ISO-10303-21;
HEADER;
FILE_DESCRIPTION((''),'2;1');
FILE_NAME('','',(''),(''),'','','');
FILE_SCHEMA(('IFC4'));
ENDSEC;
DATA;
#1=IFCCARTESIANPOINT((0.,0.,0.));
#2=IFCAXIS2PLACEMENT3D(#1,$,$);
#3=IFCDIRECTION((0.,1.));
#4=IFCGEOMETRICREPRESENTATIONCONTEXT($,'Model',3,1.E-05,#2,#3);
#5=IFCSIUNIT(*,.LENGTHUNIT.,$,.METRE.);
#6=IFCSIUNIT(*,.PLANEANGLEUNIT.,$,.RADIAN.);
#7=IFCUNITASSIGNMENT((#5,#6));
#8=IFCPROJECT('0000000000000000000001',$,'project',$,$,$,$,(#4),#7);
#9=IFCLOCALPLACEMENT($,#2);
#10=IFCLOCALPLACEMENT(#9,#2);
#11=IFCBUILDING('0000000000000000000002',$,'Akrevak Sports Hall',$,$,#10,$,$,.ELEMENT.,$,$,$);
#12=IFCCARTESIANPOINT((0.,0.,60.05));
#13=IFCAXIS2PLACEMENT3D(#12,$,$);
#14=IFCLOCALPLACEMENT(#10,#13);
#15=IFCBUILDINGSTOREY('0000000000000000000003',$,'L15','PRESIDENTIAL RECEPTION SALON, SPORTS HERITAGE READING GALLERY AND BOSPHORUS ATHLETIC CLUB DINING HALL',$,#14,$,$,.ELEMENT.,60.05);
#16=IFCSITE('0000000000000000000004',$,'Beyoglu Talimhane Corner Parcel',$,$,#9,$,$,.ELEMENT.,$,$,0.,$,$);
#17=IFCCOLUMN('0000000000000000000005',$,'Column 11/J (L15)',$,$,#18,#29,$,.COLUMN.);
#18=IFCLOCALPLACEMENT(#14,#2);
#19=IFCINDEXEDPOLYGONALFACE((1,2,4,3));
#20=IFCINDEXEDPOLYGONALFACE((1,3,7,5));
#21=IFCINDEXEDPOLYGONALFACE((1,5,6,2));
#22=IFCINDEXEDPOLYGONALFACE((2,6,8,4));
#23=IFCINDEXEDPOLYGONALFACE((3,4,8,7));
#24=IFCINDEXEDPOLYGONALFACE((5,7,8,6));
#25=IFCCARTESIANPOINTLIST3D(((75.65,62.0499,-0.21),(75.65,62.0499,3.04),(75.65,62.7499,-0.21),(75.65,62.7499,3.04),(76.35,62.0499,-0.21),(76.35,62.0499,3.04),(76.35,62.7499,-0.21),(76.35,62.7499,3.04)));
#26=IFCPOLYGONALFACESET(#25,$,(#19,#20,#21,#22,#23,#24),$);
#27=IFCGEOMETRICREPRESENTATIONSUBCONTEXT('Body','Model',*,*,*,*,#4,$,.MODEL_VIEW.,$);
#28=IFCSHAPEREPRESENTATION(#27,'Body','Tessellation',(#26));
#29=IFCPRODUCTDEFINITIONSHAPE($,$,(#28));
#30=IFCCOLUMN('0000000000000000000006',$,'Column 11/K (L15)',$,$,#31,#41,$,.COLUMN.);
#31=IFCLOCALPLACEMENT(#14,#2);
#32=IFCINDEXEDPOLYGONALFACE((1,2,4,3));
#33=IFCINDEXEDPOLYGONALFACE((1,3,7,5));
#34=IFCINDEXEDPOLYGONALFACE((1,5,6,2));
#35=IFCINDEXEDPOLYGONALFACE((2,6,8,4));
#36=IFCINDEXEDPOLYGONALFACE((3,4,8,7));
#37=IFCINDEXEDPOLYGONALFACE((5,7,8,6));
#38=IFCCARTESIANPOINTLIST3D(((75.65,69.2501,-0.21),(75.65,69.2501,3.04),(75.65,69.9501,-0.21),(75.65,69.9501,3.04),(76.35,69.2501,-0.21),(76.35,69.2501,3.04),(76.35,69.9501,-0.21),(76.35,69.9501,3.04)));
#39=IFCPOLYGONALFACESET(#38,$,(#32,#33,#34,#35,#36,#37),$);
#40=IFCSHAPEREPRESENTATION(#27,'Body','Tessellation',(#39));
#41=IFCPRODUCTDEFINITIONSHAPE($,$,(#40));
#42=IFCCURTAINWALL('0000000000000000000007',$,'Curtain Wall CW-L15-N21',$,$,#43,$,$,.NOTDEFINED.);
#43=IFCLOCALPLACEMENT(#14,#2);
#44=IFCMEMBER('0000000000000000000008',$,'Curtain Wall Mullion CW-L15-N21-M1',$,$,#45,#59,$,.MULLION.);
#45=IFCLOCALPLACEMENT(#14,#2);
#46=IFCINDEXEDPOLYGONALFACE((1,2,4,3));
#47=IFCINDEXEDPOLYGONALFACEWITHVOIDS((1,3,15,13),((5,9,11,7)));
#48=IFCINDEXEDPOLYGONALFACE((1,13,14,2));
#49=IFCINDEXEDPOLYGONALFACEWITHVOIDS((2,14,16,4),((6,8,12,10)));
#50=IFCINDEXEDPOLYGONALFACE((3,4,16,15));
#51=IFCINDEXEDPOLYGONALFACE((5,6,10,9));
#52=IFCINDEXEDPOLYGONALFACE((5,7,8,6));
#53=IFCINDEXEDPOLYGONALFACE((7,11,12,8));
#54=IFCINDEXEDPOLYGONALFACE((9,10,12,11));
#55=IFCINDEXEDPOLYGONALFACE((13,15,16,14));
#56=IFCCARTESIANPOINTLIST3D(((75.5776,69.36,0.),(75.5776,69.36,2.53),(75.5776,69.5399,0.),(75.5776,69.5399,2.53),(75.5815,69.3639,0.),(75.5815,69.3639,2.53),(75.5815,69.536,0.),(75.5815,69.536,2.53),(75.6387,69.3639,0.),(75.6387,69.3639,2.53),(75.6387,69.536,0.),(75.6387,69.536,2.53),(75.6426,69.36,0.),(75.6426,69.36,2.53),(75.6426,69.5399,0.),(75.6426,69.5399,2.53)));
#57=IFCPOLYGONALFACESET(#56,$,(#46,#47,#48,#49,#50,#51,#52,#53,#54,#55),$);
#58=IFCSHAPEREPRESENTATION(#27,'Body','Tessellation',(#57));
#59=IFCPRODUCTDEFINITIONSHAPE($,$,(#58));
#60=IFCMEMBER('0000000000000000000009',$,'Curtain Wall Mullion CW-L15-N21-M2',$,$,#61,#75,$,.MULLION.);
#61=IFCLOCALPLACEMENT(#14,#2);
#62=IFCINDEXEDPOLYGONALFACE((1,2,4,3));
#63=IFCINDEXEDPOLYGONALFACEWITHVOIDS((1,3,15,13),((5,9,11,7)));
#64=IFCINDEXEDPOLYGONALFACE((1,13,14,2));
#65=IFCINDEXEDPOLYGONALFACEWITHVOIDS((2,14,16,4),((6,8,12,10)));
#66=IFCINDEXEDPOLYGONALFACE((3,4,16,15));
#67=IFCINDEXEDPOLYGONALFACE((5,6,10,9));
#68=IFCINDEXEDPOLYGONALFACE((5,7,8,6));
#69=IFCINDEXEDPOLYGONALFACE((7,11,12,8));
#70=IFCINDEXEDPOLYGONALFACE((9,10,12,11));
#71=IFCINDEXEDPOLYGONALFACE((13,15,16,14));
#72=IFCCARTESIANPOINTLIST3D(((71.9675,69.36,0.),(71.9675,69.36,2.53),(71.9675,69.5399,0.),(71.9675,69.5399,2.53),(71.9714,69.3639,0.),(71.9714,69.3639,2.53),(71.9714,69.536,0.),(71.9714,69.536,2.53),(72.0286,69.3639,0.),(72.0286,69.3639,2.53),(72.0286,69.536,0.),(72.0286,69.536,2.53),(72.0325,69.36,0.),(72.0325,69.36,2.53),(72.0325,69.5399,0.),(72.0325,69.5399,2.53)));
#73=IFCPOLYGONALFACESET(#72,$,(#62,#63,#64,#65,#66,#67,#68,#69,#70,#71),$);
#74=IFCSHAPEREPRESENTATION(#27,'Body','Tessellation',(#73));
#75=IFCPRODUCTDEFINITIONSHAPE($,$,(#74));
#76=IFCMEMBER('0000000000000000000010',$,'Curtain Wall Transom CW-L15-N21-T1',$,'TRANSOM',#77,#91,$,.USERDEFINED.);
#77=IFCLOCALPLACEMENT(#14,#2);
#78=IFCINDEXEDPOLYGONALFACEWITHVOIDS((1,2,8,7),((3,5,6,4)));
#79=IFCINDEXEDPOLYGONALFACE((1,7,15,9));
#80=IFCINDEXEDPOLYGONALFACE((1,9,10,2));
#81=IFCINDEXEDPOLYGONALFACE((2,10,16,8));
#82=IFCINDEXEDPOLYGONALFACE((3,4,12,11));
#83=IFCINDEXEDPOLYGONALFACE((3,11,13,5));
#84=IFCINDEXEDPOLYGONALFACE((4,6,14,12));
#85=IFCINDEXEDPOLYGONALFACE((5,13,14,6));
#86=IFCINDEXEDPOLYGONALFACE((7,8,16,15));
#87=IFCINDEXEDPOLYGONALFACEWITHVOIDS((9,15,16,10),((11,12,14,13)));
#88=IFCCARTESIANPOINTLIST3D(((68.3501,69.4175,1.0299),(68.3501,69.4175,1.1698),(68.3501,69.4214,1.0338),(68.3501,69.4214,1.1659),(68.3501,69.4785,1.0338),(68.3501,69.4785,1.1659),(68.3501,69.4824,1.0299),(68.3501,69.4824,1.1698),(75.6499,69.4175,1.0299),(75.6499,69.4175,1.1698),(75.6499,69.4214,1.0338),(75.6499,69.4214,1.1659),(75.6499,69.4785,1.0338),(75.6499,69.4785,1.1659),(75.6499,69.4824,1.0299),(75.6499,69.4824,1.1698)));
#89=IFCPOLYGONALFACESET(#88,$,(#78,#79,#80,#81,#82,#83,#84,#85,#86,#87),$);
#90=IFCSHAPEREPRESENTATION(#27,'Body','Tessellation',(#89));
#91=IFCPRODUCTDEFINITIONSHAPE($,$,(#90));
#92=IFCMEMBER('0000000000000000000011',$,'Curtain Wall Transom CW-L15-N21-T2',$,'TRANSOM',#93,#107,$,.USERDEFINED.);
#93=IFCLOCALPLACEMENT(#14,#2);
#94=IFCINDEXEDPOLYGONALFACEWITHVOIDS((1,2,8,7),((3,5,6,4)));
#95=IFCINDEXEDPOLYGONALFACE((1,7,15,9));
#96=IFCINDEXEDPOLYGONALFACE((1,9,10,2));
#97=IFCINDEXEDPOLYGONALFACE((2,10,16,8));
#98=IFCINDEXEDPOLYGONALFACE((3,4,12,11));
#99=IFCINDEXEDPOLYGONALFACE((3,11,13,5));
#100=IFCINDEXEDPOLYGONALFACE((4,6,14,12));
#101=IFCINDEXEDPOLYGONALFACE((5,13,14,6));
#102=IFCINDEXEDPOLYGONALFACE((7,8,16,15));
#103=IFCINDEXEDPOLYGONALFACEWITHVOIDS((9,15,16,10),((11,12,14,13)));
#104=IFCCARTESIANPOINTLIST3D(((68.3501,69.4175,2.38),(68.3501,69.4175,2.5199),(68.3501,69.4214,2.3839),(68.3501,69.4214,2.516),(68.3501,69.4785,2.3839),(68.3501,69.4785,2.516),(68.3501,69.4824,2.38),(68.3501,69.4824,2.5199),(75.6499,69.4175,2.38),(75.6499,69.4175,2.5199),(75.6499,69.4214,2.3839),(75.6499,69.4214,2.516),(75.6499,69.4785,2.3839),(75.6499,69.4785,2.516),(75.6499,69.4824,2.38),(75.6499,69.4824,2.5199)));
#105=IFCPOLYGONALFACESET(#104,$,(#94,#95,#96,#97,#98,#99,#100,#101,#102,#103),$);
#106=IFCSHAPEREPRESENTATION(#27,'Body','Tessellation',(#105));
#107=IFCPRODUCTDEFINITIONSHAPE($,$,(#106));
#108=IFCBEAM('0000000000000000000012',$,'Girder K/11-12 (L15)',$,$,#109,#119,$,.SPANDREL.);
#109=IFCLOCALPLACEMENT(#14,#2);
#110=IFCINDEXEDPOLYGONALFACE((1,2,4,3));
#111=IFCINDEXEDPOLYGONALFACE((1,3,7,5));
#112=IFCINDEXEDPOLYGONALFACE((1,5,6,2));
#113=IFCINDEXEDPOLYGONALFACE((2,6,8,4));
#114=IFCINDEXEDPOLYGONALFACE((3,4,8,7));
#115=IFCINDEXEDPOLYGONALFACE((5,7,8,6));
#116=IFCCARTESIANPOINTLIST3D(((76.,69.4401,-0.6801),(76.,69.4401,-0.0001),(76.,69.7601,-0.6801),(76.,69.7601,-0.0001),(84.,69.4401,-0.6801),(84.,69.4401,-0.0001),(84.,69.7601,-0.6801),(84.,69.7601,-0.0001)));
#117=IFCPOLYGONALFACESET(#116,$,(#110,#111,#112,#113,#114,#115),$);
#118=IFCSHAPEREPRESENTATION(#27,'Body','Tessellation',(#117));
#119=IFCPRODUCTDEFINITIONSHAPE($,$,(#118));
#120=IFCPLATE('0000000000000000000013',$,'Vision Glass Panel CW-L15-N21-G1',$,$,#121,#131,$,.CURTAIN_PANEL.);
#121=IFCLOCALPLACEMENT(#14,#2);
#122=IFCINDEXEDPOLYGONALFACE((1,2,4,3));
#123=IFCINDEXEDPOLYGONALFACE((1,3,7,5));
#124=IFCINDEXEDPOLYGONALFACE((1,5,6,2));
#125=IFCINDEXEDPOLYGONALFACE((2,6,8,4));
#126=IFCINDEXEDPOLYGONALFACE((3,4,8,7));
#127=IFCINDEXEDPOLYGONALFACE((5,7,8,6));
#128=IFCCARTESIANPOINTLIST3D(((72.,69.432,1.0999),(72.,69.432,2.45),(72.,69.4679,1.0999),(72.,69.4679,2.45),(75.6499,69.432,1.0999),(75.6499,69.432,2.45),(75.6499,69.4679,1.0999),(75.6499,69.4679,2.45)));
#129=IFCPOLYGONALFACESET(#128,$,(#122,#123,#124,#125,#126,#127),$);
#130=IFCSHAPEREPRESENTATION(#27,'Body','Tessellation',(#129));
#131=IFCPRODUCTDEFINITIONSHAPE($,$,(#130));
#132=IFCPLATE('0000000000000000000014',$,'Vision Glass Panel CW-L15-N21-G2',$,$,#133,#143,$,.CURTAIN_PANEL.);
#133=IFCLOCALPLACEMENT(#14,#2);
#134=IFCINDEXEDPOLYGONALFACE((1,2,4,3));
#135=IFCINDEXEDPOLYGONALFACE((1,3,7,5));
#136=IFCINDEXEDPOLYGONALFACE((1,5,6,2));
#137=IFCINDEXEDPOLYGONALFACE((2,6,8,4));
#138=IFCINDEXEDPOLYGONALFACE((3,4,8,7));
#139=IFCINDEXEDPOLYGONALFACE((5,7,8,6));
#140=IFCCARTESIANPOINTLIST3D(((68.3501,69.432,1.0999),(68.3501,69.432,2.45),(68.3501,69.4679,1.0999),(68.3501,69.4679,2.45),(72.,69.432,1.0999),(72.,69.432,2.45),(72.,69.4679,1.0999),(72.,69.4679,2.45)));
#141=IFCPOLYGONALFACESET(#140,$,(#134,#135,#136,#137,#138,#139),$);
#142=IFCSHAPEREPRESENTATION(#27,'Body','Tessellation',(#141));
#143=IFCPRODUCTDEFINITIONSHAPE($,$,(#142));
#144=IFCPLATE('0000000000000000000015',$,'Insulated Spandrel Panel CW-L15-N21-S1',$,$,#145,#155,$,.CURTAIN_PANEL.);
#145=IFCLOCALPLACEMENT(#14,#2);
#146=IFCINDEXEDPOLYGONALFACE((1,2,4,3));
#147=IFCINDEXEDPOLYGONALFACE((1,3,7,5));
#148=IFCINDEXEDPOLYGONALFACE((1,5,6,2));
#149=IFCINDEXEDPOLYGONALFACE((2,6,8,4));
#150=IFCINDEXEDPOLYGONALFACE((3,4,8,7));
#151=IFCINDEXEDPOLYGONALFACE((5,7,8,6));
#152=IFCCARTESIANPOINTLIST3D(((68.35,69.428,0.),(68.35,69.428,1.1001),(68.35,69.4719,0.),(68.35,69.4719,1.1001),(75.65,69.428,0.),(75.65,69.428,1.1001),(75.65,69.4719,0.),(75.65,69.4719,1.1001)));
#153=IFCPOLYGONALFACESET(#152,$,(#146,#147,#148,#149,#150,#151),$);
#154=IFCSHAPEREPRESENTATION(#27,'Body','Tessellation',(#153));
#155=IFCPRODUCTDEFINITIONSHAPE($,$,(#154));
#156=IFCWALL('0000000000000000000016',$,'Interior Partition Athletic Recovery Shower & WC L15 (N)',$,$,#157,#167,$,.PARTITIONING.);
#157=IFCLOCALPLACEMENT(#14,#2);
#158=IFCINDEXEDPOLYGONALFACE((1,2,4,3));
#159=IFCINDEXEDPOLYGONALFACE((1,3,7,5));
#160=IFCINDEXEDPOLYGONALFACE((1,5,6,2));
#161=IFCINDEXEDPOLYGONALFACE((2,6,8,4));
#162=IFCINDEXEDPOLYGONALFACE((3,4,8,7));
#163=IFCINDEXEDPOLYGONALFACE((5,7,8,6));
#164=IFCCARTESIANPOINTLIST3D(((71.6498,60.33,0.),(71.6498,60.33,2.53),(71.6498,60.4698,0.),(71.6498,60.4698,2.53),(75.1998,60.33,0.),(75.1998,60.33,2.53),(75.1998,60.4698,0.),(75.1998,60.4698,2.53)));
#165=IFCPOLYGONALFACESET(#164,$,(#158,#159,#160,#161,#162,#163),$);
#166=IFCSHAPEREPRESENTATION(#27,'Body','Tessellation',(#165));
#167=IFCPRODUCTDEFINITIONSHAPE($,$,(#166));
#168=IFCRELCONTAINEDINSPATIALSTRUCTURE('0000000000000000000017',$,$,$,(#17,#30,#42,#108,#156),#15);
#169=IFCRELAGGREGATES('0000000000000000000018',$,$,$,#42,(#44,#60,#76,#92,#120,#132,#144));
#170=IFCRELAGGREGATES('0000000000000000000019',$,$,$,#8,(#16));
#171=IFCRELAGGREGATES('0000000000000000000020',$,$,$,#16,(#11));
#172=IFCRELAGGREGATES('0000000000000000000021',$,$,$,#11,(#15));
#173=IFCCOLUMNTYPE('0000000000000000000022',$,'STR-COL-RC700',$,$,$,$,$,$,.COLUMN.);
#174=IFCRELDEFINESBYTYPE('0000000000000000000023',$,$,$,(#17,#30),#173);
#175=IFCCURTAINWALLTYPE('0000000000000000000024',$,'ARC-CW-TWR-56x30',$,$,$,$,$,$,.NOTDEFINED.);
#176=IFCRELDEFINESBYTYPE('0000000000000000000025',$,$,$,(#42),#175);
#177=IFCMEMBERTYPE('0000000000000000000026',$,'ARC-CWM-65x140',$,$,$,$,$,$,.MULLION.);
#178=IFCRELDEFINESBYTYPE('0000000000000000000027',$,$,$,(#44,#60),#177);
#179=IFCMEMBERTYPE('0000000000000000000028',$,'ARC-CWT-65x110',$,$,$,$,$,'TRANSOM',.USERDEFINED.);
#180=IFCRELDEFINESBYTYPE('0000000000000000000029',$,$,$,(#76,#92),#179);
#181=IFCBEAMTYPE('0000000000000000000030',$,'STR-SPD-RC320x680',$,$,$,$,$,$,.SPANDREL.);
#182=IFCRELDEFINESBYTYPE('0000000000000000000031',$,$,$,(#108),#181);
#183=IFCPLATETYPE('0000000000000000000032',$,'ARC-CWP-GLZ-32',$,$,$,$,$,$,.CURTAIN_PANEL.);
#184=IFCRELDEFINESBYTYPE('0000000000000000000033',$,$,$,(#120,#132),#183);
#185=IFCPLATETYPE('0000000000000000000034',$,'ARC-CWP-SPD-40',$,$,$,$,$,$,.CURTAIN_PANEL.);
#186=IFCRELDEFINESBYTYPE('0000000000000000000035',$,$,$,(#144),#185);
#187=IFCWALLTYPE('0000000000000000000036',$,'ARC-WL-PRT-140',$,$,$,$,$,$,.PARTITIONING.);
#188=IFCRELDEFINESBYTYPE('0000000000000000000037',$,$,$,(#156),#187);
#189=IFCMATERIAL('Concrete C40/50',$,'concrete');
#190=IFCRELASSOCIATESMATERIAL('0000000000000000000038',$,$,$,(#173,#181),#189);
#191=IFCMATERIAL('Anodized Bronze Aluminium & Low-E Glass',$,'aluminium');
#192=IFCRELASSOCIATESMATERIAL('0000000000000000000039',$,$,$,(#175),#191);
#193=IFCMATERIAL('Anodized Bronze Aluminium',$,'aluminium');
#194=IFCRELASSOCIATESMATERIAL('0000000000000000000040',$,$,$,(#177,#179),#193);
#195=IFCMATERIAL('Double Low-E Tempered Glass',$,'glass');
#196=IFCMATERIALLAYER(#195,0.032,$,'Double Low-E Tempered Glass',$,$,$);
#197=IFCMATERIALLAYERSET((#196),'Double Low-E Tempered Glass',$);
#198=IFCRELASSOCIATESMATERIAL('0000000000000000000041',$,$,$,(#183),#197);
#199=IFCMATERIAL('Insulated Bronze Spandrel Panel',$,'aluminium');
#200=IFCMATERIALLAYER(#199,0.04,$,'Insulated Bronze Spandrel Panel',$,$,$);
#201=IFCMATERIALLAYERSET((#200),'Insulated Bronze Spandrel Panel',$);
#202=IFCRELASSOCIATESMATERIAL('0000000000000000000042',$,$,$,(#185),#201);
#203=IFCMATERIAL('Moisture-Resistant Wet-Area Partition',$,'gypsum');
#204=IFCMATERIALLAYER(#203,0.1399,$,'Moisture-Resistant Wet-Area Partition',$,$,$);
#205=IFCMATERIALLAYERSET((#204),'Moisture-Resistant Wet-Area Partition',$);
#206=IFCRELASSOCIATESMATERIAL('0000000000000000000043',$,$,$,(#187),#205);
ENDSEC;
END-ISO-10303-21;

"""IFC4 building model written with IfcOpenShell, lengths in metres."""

from ifc_helpers import new_model, si_unit, direction, frame, frame_2d, origin, origin_2d, place, context, subcontext, project, spatial, rectangle, hollow_rectangle, extrude, material, layer, layer_set, material_profile, profile_set, type_object, element, aggregate, save


model = new_model("IFC4")

# Units and contexts
model_context = context("Model", 3, precision=1e-05, world=origin(), true_north=direction((0.0, 1.0)))
body_context = subcontext(model_context, "Body", "Model", "MODEL_VIEW")
ifc_project = project(units=[si_unit("LENGTHUNIT", "METRE"), si_unit("PLANEANGLEUNIT", "RADIAN")], contexts=[model_context])

# Site, building, storey
site_placement = place(None, origin())
site = spatial("IfcSite", under=ifc_project, at=site_placement, Name="Beyoglu Talimhane Corner Parcel", CompositionType="ELEMENT", RefElevation=0.0)
building_placement = place(site_placement, origin())
building = spatial("IfcBuilding", under=site, at=building_placement, Name="Akrevak Sports Hall", CompositionType="ELEMENT")
storey_placement = place(building_placement, frame((0.0, 0.0, 60.05)))
storey = spatial("IfcBuildingStorey", under=building, at=storey_placement, Name="L15", Description="PRESIDENTIAL RECEPTION SALON, SPORTS HERITAGE READING GALLERY AND BOSPHORUS ATHLETIC CLUB DINING HALL", CompositionType="ELEMENT", Elevation=60.05)

# Columns
ifc_material_1 = material(Name="Concrete C40/50", Category="concrete")
ifc_material_profile_1 = material_profile(ifc_material_1, rectangle(XDim=0.7, YDim=0.7, at=origin_2d()), Name="RC 700x700", Category="concrete")
ifc_profile_set_1 = profile_set([ifc_material_profile_1], Name="Concrete C40/50")
column_type = type_object("IfcColumnType", Name="STR-COL-RC700", PredefinedType="COLUMN", material=ifc_profile_set_1)
for number, where, z_axis, x_axis, name in (
    (1, (76.0, 62.3999, -0.21), (0.0, 0.0, 1.0), (1.0, 0.0, 0.0), "Column 11/J (L15)"),
    (2, (76.0, 69.6001, -0.21), (0.0, 0.0, 1.0), (1.0, 0.0, 0.0), "Column 11/K (L15)"),
):
    element("IfcColumn", number, at=place(storey_placement, frame(where, z_axis=z_axis, x_axis=x_axis)), inside=storey, type_object=column_type, Name=name, PredefinedType="COLUMN", context=body_context, shape_type="SweptSolid", body=[
        extrude(rectangle(XDim=0.7, YDim=0.7, at=origin_2d()), origin(), (0.0, 0.0, 1.0), 3.25),
    ])

# Curtain wall, members
ifc_material_2 = material(Name="Anodized Bronze Aluminium & Low-E Glass", Category="aluminium")
curtain_wall_type = type_object("IfcCurtainWallType", Name="ARC-CW-TWR-56x30", PredefinedType="NOTDEFINED", material=ifc_material_2)
curtain_wall_placement = place(storey_placement, origin())
curtain_wall = element("IfcCurtainWall", 3, at=curtain_wall_placement, inside=storey, type_object=curtain_wall_type, Name="Curtain Wall CW-L15-N21", PredefinedType="NOTDEFINED")
ifc_material_3 = material(Name="Anodized Bronze Aluminium", Category="aluminium")
ifc_material_profile_2 = material_profile(ifc_material_3, hollow_rectangle(XDim=0.0649, YDim=0.1799, WallThickness=0.0039, at=origin_2d()), Name="CWM 65x180", Category="aluminium")
ifc_profile_set_2 = profile_set([ifc_material_profile_2], Name="Anodized Bronze Aluminium")
member_type_1 = type_object("IfcMemberType", Name="ARC-CWM-65x140", PredefinedType="MULLION", material=ifc_profile_set_2)
member_1_placement = place(storey_placement, frame((75.6101, 69.45, 0.0), z_axis=(0.0, 0.0, 1.0), x_axis=(-1.0, 0.0, 0.0)))
member_1 = element("IfcMember", 4, at=member_1_placement, type_object=member_type_1, Name="Curtain Wall Mullion CW-L15-N21-M1", PredefinedType="MULLION", context=body_context, shape_type="SweptSolid", body=[
    extrude(hollow_rectangle(XDim=0.0649, YDim=0.1799, WallThickness=0.0039, at=origin_2d()), origin(), (0.0, 0.0, 1.0), 2.53),
])
member_2_placement = place(storey_placement, frame((72.0, 69.45, 0.0), z_axis=(0.0, 0.0, 1.0), x_axis=(-1.0, 0.0, 0.0)))
member_2 = element("IfcMember", 5, at=member_2_placement, type_object=member_type_1, Name="Curtain Wall Mullion CW-L15-N21-M2", PredefinedType="MULLION", context=body_context, shape_type="SweptSolid", body=[
    extrude(hollow_rectangle(XDim=0.0649, YDim=0.1799, WallThickness=0.0039, at=origin_2d()), origin(), (0.0, 0.0, 1.0), 2.53),
])
ifc_material_profile_3 = material_profile(ifc_material_3, hollow_rectangle(XDim=0.0649, YDim=0.1399, WallThickness=0.0039, at=origin_2d()), Name="CWT 65x140", Category="aluminium")
ifc_profile_set_3 = profile_set([ifc_material_profile_3], Name="Anodized Bronze Aluminium")
member_type_2 = type_object("IfcMemberType", Name="ARC-CWT-65x110", ElementType="TRANSOM", PredefinedType="USERDEFINED", material=ifc_profile_set_3)
member_3_placement = place(storey_placement, frame((75.6499, 69.45, 1.0999), z_axis=(-1.0, 0.0, 0.0), x_axis=(0.0, -1.0, 0.0)))
member_3 = element("IfcMember", 6, at=member_3_placement, type_object=member_type_2, Name="Curtain Wall Transom CW-L15-N21-T1", ObjectType="TRANSOM", PredefinedType="USERDEFINED", context=body_context, shape_type="SweptSolid", body=[
    extrude(hollow_rectangle(XDim=0.0649, YDim=0.1399, WallThickness=0.0039, at=origin_2d()), origin(), (0.0, 0.0, 1.0), 7.2998),
])
member_4_placement = place(storey_placement, frame((75.6499, 69.45, 2.45), z_axis=(-1.0, 0.0, 0.0), x_axis=(0.0, -1.0, 0.0)))
member_4 = element("IfcMember", 7, at=member_4_placement, type_object=member_type_2, Name="Curtain Wall Transom CW-L15-N21-T2", ObjectType="TRANSOM", PredefinedType="USERDEFINED", context=body_context, shape_type="SweptSolid", body=[
    extrude(hollow_rectangle(XDim=0.0649, YDim=0.1399, WallThickness=0.0039, at=origin_2d()), origin(), (0.0, 0.0, 1.0), 7.2998),
])

# Beam
ifc_material_profile_4 = material_profile(ifc_material_1, rectangle(XDim=0.3201, YDim=0.6799, at=origin_2d()), Name="SPD 320x680", Category="concrete")
ifc_profile_set_4 = profile_set([ifc_material_profile_4], Name="Concrete C40/50")
beam_type = type_object("IfcBeamType", Name="STR-SPD-RC320x680", PredefinedType="SPANDREL", material=ifc_profile_set_4)
beam_placement = place(storey_placement, frame((76.0, 69.6001, -0.3401), z_axis=(1.0, 0.0, 0.0), x_axis=(0.0, 1.0, 0.0)))
element("IfcBeam", 8, at=beam_placement, inside=storey, type_object=beam_type, Name="Girder K/11-12 (L15)", PredefinedType="SPANDREL", context=body_context, shape_type="SweptSolid", body=[
    extrude(rectangle(XDim=0.3201, YDim=0.6799, at=origin_2d()), origin(), (0.0, 0.0, 1.0), 8.0),
])

# Plates
ifc_material_4 = material(Name="Double Low-E Tempered Glass", Category="glass")
ifc_layer_1 = layer(ifc_material_4, 0.032, Name="Double Low-E Tempered Glass")
ifc_layer_set_1 = layer_set([ifc_layer_1], Name="Double Low-E Tempered Glass")
plate_type_1 = type_object("IfcPlateType", Name="ARC-CWP-GLZ-32", PredefinedType="CURTAIN_PANEL", material=ifc_layer_set_1)
plate_1_placement = place(storey_placement, frame((73.825, 69.45, 1.0999), z_axis=(0.0, 0.0, 1.0), x_axis=(-1.0, 0.0, 0.0)))
plate_1 = element("IfcPlate", 9, at=plate_1_placement, type_object=plate_type_1, Name="Vision Glass Panel CW-L15-N21-G1", PredefinedType="CURTAIN_PANEL", context=body_context, shape_type="SweptSolid", body=[
    extrude(rectangle(XDim=3.6499, YDim=0.0359, at=origin_2d()), origin(), (0.0, 0.0, 1.0), 1.3501),
])
plate_2_placement = place(storey_placement, frame((70.175, 69.45, 1.0999), z_axis=(0.0, 0.0, 1.0), x_axis=(-1.0, 0.0, 0.0)))
plate_2 = element("IfcPlate", 10, at=plate_2_placement, type_object=plate_type_1, Name="Vision Glass Panel CW-L15-N21-G2", PredefinedType="CURTAIN_PANEL", context=body_context, shape_type="SweptSolid", body=[
    extrude(rectangle(XDim=3.6499, YDim=0.0359, at=origin_2d()), origin(), (0.0, 0.0, 1.0), 1.3501),
])
ifc_material_5 = material(Name="Insulated Bronze Spandrel Panel", Category="aluminium")
ifc_layer_2 = layer(ifc_material_5, 0.04, Name="Insulated Bronze Spandrel Panel")
ifc_layer_set_2 = layer_set([ifc_layer_2], Name="Insulated Bronze Spandrel Panel")
plate_type_2 = type_object("IfcPlateType", Name="ARC-CWP-SPD-40", PredefinedType="CURTAIN_PANEL", material=ifc_layer_set_2)
plate_3_placement = place(storey_placement, frame((72.0, 69.45, 0.0), z_axis=(0.0, 0.0, 1.0), x_axis=(-1.0, 0.0, 0.0)))
plate_3 = element("IfcPlate", 11, at=plate_3_placement, type_object=plate_type_2, Name="Insulated Spandrel Panel CW-L15-N21-S1", PredefinedType="CURTAIN_PANEL", context=body_context, shape_type="SweptSolid", body=[
    extrude(rectangle(XDim=7.3, YDim=0.0439, at=origin_2d()), origin(), (0.0, 0.0, 1.0), 1.1001),
])
aggregate(curtain_wall, [member_1, member_2, member_3, member_4, plate_1, plate_2, plate_3])

# Wall
ifc_material_6 = material(Name="Moisture-Resistant Wet-Area Partition", Category="gypsum")
ifc_layer_3 = layer(ifc_material_6, 0.1399, Name="Moisture-Resistant Wet-Area Partition")
ifc_layer_set_3 = layer_set([ifc_layer_3], Name="Moisture-Resistant Wet-Area Partition")
wall_type_1 = type_object("IfcWallType", Name="ARC-WL-PRT-140", PredefinedType="PARTITIONING", material=ifc_layer_set_3)
wall_1_placement = place(storey_placement, frame((71.6499, 60.3999, 0.0), z_axis=(0.0, 0.0, 1.0), x_axis=(1.0, 0.0, 0.0)))
element("IfcWall", 12, at=wall_1_placement, inside=storey, type_object=wall_type_1, Name="Interior Partition Athletic Recovery Shower & WC L15 (N)", PredefinedType="PARTITIONING", context=body_context, shape_type="SweptSolid", body=[
    extrude(rectangle(XDim=3.55, YDim=0.1399, at=frame_2d((1.7749, 0.0))), origin(), (0.0, 0.0, 1.0), 2.53),
])

save(model, "model.ifc")
